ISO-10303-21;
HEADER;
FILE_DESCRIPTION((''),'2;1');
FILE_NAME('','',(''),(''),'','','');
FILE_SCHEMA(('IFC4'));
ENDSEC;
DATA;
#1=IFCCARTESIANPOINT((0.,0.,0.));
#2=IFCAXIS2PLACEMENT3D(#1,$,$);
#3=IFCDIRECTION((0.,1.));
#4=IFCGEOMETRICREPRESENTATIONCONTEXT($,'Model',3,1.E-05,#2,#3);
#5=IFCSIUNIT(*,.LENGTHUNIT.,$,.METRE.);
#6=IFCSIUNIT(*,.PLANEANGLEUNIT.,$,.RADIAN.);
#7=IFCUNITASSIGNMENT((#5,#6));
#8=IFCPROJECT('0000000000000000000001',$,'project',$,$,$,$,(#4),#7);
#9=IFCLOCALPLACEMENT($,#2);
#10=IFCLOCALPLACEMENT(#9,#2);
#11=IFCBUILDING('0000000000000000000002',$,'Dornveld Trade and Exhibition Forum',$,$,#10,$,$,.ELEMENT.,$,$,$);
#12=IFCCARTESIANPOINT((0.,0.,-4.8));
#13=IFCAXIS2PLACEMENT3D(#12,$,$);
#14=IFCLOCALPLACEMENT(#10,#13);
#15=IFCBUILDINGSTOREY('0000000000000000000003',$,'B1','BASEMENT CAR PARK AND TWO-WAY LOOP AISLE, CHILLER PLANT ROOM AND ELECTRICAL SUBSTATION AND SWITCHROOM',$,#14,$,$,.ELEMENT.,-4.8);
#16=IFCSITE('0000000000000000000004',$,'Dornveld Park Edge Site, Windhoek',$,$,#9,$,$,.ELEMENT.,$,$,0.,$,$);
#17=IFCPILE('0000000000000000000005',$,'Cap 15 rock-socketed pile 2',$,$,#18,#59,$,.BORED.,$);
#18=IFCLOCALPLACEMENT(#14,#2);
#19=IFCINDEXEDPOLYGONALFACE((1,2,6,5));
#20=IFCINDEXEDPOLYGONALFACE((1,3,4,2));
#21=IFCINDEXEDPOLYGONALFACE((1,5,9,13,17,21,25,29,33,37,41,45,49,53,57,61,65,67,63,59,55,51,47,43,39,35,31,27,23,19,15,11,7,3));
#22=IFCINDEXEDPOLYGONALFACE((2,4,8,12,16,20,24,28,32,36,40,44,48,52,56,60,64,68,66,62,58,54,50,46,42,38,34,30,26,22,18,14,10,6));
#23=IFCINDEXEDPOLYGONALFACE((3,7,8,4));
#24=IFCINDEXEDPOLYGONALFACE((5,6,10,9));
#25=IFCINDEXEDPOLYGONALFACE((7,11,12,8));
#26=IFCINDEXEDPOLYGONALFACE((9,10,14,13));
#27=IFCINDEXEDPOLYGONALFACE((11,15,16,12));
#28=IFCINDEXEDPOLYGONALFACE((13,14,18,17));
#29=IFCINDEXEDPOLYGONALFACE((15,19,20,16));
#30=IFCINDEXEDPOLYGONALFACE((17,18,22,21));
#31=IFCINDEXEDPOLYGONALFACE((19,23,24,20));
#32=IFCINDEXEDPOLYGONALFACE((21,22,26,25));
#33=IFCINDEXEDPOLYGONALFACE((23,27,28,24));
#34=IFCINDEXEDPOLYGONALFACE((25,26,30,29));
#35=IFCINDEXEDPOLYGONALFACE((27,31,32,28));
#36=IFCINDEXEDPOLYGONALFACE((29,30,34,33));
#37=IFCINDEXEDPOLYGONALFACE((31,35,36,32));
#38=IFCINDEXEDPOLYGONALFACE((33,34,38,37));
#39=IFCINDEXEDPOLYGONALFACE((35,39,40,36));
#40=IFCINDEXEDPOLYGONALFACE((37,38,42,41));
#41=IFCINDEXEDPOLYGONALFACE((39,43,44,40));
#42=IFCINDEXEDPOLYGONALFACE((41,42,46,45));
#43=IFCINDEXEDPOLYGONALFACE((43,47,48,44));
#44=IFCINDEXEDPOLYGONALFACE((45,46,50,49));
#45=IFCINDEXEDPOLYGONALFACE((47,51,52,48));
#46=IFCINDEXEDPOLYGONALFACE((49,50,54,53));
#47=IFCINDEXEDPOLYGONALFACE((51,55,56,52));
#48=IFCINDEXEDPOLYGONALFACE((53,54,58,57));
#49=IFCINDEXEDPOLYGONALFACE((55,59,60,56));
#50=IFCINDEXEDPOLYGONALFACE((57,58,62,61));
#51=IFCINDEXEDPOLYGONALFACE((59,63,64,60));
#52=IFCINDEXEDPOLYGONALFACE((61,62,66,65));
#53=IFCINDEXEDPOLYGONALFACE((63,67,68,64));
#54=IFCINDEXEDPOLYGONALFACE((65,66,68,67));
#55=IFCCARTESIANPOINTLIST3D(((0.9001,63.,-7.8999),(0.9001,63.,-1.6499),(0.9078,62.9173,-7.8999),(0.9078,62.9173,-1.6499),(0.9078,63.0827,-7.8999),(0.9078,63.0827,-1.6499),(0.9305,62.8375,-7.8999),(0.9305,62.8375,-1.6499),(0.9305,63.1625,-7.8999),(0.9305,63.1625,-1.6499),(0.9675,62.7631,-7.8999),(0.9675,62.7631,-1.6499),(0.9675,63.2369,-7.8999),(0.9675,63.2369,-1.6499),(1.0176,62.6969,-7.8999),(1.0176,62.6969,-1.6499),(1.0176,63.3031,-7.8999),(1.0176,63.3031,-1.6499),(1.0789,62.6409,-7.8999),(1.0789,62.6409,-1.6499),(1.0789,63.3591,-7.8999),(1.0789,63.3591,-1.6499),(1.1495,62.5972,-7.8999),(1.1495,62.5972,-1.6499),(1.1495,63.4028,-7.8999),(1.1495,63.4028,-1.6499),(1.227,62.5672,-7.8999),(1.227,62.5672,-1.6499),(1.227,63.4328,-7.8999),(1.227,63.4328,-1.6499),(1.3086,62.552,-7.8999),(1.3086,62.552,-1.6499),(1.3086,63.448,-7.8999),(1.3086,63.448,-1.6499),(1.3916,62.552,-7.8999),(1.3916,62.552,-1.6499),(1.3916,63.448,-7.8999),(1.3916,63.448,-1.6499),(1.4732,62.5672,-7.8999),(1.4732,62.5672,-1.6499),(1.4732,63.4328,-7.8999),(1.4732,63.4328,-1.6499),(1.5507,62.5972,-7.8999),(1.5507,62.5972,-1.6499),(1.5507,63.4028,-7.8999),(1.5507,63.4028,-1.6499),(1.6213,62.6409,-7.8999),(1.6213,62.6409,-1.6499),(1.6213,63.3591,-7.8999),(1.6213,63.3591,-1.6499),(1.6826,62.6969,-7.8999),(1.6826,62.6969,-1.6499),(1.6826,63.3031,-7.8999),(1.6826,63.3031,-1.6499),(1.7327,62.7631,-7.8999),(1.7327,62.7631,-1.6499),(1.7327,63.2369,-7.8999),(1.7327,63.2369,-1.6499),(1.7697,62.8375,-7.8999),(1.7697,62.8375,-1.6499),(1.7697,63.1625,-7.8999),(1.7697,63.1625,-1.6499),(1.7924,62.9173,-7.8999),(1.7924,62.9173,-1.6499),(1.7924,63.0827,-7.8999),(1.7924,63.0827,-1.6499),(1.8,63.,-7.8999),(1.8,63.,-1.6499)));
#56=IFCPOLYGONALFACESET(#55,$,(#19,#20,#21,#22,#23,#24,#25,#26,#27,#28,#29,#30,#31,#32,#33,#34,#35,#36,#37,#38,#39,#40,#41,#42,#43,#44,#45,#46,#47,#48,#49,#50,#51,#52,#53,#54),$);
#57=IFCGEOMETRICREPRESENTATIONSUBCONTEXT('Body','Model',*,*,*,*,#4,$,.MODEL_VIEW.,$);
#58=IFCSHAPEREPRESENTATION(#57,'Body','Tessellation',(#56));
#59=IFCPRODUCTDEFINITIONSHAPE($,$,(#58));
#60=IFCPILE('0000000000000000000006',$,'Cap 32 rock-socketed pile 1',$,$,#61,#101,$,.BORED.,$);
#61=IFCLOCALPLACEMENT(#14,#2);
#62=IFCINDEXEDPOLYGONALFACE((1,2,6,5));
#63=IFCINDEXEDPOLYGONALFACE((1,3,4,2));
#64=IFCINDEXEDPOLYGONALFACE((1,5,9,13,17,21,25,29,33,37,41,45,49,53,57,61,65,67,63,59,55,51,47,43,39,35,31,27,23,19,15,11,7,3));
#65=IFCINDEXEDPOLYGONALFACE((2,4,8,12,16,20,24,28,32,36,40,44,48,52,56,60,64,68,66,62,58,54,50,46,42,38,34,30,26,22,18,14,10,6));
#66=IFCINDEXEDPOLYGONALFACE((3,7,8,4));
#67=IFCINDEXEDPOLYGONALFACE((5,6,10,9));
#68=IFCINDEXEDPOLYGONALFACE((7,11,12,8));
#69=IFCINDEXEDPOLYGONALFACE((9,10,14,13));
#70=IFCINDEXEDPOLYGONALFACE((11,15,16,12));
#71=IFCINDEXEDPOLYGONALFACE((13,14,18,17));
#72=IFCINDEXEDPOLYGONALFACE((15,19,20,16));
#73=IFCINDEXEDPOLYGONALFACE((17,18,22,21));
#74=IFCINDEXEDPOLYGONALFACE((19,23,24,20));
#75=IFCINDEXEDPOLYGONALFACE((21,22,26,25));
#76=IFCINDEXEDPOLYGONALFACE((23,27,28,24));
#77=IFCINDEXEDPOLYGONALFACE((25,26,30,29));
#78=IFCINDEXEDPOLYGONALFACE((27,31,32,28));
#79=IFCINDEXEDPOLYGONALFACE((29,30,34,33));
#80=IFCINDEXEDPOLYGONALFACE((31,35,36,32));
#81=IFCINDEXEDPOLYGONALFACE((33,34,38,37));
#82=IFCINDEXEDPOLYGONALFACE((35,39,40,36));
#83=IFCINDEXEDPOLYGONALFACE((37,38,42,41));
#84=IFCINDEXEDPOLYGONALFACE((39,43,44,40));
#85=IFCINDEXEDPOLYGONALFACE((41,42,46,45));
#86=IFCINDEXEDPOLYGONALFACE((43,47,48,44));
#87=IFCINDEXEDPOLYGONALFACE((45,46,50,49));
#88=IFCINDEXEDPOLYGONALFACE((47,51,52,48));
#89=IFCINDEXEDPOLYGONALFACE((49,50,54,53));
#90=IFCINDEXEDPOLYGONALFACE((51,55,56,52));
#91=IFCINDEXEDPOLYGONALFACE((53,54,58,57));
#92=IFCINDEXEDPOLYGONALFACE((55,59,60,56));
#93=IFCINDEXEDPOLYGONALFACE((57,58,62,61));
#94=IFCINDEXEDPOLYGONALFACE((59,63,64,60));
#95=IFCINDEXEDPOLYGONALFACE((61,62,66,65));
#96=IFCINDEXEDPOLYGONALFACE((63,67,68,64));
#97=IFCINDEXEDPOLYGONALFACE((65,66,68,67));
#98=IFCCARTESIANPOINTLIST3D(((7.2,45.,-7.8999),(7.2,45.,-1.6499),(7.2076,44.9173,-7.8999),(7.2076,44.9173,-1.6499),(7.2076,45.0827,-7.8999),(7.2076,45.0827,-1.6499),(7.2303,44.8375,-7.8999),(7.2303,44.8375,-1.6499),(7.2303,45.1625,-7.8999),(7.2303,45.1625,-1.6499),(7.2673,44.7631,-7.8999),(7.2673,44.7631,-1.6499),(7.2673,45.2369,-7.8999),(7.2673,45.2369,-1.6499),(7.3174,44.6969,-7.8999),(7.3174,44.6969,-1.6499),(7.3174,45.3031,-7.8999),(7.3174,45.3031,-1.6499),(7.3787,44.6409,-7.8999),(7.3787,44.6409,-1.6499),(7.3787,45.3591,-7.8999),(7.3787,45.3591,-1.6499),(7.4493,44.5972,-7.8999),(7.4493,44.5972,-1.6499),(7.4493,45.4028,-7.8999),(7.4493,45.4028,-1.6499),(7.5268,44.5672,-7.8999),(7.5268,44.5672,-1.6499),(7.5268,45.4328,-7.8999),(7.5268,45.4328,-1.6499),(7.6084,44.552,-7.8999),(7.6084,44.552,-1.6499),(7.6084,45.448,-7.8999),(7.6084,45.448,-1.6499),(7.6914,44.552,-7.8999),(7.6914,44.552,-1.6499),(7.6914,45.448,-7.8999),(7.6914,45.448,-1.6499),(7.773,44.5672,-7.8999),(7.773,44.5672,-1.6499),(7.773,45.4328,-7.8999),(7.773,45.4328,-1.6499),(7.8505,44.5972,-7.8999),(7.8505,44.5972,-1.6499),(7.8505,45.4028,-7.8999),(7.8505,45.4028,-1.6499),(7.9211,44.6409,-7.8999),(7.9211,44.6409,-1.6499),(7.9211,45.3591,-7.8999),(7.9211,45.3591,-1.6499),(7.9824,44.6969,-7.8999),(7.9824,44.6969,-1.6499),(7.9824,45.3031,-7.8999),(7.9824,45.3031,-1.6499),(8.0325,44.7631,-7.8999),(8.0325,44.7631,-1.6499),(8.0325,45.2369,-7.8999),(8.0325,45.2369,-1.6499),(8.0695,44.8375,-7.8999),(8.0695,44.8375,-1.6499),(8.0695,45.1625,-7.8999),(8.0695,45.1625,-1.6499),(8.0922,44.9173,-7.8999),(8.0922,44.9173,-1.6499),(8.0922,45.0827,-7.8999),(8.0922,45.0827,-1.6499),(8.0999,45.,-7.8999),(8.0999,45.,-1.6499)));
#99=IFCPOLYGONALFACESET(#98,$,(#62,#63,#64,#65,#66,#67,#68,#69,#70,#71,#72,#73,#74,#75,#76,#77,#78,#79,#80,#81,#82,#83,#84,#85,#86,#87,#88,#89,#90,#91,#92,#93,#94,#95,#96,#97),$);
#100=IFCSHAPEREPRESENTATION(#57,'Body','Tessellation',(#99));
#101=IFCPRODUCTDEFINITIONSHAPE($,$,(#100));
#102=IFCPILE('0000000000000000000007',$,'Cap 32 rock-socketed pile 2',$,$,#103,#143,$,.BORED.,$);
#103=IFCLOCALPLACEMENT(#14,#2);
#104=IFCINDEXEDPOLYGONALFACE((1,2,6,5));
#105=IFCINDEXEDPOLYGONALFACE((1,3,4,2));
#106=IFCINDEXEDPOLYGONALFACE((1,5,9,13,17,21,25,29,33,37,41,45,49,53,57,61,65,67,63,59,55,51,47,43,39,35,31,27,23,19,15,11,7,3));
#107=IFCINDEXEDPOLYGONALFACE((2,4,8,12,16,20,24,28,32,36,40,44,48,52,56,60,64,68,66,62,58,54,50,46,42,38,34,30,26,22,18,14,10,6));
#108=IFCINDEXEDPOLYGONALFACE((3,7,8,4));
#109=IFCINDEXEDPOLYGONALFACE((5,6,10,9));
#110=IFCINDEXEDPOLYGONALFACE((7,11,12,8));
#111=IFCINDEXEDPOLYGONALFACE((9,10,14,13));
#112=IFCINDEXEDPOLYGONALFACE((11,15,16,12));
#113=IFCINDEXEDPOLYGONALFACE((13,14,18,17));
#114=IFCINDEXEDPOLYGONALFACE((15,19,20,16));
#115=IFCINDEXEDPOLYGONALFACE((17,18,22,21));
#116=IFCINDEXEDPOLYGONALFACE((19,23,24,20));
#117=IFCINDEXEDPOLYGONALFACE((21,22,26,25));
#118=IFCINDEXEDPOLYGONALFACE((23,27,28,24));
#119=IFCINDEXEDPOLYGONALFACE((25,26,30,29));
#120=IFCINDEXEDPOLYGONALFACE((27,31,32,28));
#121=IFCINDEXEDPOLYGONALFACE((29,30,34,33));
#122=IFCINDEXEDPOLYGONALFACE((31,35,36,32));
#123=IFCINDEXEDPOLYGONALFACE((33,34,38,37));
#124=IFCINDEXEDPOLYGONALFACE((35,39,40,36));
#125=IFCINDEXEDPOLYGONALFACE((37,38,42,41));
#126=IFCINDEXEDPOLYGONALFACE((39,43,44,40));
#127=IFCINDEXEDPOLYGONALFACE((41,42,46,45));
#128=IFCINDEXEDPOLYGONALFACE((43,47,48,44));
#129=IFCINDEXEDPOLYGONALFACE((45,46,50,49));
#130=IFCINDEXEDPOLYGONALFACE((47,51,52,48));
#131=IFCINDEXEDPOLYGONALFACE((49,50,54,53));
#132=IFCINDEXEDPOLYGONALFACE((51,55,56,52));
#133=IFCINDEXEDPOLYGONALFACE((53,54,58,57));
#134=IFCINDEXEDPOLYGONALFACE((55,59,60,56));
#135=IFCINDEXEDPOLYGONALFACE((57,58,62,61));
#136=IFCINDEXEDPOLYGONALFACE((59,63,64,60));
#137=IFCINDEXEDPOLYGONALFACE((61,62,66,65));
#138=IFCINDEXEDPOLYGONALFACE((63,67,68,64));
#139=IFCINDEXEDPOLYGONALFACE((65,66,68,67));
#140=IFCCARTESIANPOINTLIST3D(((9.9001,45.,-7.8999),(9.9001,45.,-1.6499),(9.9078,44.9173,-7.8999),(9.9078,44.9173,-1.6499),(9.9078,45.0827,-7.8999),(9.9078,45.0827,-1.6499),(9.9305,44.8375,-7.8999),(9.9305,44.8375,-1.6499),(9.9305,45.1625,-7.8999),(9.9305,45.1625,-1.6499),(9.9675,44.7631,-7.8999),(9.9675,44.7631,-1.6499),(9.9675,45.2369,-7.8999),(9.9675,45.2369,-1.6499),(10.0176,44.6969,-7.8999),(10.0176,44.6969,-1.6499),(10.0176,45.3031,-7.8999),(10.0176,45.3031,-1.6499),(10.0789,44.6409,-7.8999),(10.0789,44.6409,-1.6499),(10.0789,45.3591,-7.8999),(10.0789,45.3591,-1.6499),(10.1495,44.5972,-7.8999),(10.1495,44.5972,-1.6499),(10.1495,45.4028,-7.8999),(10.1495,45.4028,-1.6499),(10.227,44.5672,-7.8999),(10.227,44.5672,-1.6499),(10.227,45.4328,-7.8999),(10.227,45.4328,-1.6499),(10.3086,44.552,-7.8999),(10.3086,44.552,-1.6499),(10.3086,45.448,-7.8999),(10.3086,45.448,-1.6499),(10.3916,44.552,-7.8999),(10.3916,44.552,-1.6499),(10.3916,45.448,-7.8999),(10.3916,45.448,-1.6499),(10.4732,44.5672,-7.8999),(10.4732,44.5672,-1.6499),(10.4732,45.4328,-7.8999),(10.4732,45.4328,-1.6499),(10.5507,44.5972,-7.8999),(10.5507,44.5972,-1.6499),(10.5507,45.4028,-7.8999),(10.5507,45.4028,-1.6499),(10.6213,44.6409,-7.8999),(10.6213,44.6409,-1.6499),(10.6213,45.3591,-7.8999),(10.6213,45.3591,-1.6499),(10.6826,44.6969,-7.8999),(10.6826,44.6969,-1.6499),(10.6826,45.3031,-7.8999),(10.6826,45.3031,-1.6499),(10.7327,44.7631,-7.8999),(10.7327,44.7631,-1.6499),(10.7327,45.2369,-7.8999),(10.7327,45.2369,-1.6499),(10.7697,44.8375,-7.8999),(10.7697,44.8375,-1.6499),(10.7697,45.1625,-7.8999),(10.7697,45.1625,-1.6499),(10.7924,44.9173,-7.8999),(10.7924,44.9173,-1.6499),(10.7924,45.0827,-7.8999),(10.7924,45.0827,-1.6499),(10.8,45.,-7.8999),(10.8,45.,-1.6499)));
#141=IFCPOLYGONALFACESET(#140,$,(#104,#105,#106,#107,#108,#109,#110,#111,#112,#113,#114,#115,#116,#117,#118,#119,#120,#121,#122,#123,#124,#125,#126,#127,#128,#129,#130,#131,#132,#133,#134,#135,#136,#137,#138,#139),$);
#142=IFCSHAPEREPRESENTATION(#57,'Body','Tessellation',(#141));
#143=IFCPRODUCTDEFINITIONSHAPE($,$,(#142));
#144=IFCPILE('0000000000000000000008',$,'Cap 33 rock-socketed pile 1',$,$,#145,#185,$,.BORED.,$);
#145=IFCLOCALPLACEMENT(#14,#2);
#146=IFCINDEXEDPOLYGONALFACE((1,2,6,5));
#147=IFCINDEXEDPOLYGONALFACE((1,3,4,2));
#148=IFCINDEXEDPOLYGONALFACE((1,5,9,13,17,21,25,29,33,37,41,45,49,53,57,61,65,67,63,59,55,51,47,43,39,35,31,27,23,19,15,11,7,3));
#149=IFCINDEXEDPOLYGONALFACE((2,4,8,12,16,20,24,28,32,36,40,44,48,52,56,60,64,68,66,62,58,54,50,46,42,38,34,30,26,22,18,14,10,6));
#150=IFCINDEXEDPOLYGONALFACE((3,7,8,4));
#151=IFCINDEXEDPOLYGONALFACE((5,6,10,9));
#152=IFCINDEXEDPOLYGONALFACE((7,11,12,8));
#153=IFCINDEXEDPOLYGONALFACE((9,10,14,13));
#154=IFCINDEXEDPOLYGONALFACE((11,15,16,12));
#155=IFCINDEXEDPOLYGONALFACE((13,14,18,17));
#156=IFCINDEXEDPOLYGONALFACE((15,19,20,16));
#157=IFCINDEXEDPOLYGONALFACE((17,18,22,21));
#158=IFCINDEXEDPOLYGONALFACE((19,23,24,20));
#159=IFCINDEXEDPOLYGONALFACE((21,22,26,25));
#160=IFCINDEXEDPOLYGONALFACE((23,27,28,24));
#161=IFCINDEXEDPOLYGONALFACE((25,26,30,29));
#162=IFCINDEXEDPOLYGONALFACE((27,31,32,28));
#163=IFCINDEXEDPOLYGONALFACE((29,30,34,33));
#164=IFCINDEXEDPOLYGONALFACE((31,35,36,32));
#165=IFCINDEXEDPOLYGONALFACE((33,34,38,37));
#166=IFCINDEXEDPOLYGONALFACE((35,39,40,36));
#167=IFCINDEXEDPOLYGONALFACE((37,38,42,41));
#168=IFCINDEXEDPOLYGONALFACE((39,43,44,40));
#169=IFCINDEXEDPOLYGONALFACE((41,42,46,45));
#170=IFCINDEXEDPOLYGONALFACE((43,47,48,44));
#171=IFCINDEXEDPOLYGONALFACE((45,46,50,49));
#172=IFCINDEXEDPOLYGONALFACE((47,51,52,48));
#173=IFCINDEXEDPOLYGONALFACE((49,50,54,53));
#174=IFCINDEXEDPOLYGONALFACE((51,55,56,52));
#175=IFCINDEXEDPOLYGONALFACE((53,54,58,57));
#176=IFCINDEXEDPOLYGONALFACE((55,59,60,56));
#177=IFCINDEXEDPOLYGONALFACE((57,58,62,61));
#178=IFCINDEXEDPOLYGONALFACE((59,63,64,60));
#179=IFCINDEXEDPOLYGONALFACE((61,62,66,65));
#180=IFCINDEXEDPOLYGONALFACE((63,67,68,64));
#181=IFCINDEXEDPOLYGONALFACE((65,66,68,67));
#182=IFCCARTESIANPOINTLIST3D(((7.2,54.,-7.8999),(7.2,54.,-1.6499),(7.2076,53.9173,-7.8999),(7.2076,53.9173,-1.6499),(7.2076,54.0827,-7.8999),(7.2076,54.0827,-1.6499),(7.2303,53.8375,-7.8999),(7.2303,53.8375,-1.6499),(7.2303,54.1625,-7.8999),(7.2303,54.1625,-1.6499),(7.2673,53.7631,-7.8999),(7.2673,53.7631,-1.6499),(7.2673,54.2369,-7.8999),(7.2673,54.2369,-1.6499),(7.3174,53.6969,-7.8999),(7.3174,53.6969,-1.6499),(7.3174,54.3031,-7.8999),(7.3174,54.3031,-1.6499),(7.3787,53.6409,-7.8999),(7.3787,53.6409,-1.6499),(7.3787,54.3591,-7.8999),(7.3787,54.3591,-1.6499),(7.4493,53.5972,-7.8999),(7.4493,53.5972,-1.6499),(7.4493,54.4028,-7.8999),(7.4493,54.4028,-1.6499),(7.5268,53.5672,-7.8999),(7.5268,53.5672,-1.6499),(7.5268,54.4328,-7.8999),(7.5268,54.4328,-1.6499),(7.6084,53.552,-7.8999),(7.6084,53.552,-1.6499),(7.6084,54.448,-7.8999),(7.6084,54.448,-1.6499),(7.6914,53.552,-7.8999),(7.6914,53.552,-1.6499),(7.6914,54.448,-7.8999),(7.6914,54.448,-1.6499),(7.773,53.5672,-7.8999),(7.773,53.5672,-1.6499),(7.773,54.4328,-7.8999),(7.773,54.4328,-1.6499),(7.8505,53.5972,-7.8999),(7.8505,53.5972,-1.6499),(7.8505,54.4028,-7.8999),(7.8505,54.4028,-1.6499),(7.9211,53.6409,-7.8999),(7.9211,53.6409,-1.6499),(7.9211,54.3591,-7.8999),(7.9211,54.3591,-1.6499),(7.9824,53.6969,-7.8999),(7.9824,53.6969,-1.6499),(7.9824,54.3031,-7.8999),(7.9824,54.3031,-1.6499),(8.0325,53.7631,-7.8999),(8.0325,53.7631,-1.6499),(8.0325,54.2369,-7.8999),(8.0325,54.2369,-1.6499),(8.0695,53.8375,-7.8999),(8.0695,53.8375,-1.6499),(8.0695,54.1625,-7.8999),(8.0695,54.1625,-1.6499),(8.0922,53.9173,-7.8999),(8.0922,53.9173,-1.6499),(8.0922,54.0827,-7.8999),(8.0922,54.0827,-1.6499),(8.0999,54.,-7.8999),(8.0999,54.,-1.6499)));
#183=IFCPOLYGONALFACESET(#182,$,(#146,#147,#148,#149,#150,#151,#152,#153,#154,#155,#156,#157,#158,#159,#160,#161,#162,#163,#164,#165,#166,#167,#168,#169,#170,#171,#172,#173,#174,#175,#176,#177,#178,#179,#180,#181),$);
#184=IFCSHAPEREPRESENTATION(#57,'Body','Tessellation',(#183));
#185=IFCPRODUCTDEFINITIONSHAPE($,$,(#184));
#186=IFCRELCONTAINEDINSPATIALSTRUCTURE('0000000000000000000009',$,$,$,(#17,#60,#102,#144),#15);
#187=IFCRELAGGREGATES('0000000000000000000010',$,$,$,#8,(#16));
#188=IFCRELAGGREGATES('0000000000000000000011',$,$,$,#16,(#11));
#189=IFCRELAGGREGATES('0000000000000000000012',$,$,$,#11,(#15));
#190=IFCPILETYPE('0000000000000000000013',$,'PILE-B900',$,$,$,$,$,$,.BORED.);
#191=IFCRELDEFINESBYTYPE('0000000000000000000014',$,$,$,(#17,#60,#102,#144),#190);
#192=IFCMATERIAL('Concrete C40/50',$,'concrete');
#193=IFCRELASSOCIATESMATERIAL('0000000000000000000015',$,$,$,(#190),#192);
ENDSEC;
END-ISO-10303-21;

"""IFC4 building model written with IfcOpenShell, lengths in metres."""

from ifc_helpers import new_model, si_unit, direction, frame, origin, origin_2d, place, context, subcontext, project, spatial, circle, extrude, material, material_profile, profile_set, type_object, element, save


model = new_model("IFC4")

# Units and contexts
model_context = context("Model", 3, precision=1e-05, world=origin(), true_north=direction((0.0, 1.0)))
body_context = subcontext(model_context, "Body", "Model", "MODEL_VIEW")
ifc_project = project(units=[si_unit("LENGTHUNIT", "METRE"), si_unit("PLANEANGLEUNIT", "RADIAN")], contexts=[model_context])

# Site, building, storey
site_placement = place(None, origin())
site = spatial("IfcSite", under=ifc_project, at=site_placement, Name="Dornveld Park Edge Site, Windhoek", CompositionType="ELEMENT", RefElevation=0.0)
building_placement = place(site_placement, origin())
building = spatial("IfcBuilding", under=site, at=building_placement, Name="Dornveld Trade and Exhibition Forum", CompositionType="ELEMENT")
storey_placement = place(building_placement, frame((0.0, 0.0, -4.8)))
storey = spatial("IfcBuildingStorey", under=building, at=storey_placement, Name="B1", Description="BASEMENT CAR PARK AND TWO-WAY LOOP AISLE, CHILLER PLANT ROOM AND ELECTRICAL SUBSTATION AND SWITCHROOM", CompositionType="ELEMENT", Elevation=-4.8)

# Piles
ifc_material_1 = material(Name="Concrete C40/50", Category="concrete")
ifc_material_profile_1 = material_profile(ifc_material_1, circle(Radius=0.45, at=origin_2d()), Name="PILE D900")
ifc_profile_set_1 = profile_set([ifc_material_profile_1], Name="Concrete C40/50")
pile_type_1 = type_object("IfcPileType", Name="PILE-B900", PredefinedType="BORED", material=ifc_profile_set_1)
for number, where, z_axis, x_axis, name in (
    (1, (1.3501, 63.0, -1.6499), (0.0, 0.0, -1.0), (1.0, 0.0, 0.0), "Cap 15 rock-socketed pile 2"),
    (2, (7.6499, 45.0, -1.6499), (0.0, 0.0, -1.0), (1.0, 0.0, 0.0), "Cap 32 rock-socketed pile 1"),
    (3, (10.3501, 45.0, -1.6499), (0.0, 0.0, -1.0), (1.0, 0.0, 0.0), "Cap 32 rock-socketed pile 2"),
    (4, (7.6499, 54.0, -1.6499), (0.0, 0.0, -1.0), (1.0, 0.0, 0.0), "Cap 33 rock-socketed pile 1"),
):
    element("IfcPile", number, at=place(storey_placement, frame(where, z_axis=z_axis, x_axis=x_axis)), inside=storey, type_object=pile_type_1, Name=name, PredefinedType="BORED", context=body_context, shape_type="SweptSolid", body=[
        extrude(circle(Radius=0.45, at=origin_2d()), origin(), (0.0, 0.0, 1.0), 6.25),
    ])

save(model, "model.ifc")
